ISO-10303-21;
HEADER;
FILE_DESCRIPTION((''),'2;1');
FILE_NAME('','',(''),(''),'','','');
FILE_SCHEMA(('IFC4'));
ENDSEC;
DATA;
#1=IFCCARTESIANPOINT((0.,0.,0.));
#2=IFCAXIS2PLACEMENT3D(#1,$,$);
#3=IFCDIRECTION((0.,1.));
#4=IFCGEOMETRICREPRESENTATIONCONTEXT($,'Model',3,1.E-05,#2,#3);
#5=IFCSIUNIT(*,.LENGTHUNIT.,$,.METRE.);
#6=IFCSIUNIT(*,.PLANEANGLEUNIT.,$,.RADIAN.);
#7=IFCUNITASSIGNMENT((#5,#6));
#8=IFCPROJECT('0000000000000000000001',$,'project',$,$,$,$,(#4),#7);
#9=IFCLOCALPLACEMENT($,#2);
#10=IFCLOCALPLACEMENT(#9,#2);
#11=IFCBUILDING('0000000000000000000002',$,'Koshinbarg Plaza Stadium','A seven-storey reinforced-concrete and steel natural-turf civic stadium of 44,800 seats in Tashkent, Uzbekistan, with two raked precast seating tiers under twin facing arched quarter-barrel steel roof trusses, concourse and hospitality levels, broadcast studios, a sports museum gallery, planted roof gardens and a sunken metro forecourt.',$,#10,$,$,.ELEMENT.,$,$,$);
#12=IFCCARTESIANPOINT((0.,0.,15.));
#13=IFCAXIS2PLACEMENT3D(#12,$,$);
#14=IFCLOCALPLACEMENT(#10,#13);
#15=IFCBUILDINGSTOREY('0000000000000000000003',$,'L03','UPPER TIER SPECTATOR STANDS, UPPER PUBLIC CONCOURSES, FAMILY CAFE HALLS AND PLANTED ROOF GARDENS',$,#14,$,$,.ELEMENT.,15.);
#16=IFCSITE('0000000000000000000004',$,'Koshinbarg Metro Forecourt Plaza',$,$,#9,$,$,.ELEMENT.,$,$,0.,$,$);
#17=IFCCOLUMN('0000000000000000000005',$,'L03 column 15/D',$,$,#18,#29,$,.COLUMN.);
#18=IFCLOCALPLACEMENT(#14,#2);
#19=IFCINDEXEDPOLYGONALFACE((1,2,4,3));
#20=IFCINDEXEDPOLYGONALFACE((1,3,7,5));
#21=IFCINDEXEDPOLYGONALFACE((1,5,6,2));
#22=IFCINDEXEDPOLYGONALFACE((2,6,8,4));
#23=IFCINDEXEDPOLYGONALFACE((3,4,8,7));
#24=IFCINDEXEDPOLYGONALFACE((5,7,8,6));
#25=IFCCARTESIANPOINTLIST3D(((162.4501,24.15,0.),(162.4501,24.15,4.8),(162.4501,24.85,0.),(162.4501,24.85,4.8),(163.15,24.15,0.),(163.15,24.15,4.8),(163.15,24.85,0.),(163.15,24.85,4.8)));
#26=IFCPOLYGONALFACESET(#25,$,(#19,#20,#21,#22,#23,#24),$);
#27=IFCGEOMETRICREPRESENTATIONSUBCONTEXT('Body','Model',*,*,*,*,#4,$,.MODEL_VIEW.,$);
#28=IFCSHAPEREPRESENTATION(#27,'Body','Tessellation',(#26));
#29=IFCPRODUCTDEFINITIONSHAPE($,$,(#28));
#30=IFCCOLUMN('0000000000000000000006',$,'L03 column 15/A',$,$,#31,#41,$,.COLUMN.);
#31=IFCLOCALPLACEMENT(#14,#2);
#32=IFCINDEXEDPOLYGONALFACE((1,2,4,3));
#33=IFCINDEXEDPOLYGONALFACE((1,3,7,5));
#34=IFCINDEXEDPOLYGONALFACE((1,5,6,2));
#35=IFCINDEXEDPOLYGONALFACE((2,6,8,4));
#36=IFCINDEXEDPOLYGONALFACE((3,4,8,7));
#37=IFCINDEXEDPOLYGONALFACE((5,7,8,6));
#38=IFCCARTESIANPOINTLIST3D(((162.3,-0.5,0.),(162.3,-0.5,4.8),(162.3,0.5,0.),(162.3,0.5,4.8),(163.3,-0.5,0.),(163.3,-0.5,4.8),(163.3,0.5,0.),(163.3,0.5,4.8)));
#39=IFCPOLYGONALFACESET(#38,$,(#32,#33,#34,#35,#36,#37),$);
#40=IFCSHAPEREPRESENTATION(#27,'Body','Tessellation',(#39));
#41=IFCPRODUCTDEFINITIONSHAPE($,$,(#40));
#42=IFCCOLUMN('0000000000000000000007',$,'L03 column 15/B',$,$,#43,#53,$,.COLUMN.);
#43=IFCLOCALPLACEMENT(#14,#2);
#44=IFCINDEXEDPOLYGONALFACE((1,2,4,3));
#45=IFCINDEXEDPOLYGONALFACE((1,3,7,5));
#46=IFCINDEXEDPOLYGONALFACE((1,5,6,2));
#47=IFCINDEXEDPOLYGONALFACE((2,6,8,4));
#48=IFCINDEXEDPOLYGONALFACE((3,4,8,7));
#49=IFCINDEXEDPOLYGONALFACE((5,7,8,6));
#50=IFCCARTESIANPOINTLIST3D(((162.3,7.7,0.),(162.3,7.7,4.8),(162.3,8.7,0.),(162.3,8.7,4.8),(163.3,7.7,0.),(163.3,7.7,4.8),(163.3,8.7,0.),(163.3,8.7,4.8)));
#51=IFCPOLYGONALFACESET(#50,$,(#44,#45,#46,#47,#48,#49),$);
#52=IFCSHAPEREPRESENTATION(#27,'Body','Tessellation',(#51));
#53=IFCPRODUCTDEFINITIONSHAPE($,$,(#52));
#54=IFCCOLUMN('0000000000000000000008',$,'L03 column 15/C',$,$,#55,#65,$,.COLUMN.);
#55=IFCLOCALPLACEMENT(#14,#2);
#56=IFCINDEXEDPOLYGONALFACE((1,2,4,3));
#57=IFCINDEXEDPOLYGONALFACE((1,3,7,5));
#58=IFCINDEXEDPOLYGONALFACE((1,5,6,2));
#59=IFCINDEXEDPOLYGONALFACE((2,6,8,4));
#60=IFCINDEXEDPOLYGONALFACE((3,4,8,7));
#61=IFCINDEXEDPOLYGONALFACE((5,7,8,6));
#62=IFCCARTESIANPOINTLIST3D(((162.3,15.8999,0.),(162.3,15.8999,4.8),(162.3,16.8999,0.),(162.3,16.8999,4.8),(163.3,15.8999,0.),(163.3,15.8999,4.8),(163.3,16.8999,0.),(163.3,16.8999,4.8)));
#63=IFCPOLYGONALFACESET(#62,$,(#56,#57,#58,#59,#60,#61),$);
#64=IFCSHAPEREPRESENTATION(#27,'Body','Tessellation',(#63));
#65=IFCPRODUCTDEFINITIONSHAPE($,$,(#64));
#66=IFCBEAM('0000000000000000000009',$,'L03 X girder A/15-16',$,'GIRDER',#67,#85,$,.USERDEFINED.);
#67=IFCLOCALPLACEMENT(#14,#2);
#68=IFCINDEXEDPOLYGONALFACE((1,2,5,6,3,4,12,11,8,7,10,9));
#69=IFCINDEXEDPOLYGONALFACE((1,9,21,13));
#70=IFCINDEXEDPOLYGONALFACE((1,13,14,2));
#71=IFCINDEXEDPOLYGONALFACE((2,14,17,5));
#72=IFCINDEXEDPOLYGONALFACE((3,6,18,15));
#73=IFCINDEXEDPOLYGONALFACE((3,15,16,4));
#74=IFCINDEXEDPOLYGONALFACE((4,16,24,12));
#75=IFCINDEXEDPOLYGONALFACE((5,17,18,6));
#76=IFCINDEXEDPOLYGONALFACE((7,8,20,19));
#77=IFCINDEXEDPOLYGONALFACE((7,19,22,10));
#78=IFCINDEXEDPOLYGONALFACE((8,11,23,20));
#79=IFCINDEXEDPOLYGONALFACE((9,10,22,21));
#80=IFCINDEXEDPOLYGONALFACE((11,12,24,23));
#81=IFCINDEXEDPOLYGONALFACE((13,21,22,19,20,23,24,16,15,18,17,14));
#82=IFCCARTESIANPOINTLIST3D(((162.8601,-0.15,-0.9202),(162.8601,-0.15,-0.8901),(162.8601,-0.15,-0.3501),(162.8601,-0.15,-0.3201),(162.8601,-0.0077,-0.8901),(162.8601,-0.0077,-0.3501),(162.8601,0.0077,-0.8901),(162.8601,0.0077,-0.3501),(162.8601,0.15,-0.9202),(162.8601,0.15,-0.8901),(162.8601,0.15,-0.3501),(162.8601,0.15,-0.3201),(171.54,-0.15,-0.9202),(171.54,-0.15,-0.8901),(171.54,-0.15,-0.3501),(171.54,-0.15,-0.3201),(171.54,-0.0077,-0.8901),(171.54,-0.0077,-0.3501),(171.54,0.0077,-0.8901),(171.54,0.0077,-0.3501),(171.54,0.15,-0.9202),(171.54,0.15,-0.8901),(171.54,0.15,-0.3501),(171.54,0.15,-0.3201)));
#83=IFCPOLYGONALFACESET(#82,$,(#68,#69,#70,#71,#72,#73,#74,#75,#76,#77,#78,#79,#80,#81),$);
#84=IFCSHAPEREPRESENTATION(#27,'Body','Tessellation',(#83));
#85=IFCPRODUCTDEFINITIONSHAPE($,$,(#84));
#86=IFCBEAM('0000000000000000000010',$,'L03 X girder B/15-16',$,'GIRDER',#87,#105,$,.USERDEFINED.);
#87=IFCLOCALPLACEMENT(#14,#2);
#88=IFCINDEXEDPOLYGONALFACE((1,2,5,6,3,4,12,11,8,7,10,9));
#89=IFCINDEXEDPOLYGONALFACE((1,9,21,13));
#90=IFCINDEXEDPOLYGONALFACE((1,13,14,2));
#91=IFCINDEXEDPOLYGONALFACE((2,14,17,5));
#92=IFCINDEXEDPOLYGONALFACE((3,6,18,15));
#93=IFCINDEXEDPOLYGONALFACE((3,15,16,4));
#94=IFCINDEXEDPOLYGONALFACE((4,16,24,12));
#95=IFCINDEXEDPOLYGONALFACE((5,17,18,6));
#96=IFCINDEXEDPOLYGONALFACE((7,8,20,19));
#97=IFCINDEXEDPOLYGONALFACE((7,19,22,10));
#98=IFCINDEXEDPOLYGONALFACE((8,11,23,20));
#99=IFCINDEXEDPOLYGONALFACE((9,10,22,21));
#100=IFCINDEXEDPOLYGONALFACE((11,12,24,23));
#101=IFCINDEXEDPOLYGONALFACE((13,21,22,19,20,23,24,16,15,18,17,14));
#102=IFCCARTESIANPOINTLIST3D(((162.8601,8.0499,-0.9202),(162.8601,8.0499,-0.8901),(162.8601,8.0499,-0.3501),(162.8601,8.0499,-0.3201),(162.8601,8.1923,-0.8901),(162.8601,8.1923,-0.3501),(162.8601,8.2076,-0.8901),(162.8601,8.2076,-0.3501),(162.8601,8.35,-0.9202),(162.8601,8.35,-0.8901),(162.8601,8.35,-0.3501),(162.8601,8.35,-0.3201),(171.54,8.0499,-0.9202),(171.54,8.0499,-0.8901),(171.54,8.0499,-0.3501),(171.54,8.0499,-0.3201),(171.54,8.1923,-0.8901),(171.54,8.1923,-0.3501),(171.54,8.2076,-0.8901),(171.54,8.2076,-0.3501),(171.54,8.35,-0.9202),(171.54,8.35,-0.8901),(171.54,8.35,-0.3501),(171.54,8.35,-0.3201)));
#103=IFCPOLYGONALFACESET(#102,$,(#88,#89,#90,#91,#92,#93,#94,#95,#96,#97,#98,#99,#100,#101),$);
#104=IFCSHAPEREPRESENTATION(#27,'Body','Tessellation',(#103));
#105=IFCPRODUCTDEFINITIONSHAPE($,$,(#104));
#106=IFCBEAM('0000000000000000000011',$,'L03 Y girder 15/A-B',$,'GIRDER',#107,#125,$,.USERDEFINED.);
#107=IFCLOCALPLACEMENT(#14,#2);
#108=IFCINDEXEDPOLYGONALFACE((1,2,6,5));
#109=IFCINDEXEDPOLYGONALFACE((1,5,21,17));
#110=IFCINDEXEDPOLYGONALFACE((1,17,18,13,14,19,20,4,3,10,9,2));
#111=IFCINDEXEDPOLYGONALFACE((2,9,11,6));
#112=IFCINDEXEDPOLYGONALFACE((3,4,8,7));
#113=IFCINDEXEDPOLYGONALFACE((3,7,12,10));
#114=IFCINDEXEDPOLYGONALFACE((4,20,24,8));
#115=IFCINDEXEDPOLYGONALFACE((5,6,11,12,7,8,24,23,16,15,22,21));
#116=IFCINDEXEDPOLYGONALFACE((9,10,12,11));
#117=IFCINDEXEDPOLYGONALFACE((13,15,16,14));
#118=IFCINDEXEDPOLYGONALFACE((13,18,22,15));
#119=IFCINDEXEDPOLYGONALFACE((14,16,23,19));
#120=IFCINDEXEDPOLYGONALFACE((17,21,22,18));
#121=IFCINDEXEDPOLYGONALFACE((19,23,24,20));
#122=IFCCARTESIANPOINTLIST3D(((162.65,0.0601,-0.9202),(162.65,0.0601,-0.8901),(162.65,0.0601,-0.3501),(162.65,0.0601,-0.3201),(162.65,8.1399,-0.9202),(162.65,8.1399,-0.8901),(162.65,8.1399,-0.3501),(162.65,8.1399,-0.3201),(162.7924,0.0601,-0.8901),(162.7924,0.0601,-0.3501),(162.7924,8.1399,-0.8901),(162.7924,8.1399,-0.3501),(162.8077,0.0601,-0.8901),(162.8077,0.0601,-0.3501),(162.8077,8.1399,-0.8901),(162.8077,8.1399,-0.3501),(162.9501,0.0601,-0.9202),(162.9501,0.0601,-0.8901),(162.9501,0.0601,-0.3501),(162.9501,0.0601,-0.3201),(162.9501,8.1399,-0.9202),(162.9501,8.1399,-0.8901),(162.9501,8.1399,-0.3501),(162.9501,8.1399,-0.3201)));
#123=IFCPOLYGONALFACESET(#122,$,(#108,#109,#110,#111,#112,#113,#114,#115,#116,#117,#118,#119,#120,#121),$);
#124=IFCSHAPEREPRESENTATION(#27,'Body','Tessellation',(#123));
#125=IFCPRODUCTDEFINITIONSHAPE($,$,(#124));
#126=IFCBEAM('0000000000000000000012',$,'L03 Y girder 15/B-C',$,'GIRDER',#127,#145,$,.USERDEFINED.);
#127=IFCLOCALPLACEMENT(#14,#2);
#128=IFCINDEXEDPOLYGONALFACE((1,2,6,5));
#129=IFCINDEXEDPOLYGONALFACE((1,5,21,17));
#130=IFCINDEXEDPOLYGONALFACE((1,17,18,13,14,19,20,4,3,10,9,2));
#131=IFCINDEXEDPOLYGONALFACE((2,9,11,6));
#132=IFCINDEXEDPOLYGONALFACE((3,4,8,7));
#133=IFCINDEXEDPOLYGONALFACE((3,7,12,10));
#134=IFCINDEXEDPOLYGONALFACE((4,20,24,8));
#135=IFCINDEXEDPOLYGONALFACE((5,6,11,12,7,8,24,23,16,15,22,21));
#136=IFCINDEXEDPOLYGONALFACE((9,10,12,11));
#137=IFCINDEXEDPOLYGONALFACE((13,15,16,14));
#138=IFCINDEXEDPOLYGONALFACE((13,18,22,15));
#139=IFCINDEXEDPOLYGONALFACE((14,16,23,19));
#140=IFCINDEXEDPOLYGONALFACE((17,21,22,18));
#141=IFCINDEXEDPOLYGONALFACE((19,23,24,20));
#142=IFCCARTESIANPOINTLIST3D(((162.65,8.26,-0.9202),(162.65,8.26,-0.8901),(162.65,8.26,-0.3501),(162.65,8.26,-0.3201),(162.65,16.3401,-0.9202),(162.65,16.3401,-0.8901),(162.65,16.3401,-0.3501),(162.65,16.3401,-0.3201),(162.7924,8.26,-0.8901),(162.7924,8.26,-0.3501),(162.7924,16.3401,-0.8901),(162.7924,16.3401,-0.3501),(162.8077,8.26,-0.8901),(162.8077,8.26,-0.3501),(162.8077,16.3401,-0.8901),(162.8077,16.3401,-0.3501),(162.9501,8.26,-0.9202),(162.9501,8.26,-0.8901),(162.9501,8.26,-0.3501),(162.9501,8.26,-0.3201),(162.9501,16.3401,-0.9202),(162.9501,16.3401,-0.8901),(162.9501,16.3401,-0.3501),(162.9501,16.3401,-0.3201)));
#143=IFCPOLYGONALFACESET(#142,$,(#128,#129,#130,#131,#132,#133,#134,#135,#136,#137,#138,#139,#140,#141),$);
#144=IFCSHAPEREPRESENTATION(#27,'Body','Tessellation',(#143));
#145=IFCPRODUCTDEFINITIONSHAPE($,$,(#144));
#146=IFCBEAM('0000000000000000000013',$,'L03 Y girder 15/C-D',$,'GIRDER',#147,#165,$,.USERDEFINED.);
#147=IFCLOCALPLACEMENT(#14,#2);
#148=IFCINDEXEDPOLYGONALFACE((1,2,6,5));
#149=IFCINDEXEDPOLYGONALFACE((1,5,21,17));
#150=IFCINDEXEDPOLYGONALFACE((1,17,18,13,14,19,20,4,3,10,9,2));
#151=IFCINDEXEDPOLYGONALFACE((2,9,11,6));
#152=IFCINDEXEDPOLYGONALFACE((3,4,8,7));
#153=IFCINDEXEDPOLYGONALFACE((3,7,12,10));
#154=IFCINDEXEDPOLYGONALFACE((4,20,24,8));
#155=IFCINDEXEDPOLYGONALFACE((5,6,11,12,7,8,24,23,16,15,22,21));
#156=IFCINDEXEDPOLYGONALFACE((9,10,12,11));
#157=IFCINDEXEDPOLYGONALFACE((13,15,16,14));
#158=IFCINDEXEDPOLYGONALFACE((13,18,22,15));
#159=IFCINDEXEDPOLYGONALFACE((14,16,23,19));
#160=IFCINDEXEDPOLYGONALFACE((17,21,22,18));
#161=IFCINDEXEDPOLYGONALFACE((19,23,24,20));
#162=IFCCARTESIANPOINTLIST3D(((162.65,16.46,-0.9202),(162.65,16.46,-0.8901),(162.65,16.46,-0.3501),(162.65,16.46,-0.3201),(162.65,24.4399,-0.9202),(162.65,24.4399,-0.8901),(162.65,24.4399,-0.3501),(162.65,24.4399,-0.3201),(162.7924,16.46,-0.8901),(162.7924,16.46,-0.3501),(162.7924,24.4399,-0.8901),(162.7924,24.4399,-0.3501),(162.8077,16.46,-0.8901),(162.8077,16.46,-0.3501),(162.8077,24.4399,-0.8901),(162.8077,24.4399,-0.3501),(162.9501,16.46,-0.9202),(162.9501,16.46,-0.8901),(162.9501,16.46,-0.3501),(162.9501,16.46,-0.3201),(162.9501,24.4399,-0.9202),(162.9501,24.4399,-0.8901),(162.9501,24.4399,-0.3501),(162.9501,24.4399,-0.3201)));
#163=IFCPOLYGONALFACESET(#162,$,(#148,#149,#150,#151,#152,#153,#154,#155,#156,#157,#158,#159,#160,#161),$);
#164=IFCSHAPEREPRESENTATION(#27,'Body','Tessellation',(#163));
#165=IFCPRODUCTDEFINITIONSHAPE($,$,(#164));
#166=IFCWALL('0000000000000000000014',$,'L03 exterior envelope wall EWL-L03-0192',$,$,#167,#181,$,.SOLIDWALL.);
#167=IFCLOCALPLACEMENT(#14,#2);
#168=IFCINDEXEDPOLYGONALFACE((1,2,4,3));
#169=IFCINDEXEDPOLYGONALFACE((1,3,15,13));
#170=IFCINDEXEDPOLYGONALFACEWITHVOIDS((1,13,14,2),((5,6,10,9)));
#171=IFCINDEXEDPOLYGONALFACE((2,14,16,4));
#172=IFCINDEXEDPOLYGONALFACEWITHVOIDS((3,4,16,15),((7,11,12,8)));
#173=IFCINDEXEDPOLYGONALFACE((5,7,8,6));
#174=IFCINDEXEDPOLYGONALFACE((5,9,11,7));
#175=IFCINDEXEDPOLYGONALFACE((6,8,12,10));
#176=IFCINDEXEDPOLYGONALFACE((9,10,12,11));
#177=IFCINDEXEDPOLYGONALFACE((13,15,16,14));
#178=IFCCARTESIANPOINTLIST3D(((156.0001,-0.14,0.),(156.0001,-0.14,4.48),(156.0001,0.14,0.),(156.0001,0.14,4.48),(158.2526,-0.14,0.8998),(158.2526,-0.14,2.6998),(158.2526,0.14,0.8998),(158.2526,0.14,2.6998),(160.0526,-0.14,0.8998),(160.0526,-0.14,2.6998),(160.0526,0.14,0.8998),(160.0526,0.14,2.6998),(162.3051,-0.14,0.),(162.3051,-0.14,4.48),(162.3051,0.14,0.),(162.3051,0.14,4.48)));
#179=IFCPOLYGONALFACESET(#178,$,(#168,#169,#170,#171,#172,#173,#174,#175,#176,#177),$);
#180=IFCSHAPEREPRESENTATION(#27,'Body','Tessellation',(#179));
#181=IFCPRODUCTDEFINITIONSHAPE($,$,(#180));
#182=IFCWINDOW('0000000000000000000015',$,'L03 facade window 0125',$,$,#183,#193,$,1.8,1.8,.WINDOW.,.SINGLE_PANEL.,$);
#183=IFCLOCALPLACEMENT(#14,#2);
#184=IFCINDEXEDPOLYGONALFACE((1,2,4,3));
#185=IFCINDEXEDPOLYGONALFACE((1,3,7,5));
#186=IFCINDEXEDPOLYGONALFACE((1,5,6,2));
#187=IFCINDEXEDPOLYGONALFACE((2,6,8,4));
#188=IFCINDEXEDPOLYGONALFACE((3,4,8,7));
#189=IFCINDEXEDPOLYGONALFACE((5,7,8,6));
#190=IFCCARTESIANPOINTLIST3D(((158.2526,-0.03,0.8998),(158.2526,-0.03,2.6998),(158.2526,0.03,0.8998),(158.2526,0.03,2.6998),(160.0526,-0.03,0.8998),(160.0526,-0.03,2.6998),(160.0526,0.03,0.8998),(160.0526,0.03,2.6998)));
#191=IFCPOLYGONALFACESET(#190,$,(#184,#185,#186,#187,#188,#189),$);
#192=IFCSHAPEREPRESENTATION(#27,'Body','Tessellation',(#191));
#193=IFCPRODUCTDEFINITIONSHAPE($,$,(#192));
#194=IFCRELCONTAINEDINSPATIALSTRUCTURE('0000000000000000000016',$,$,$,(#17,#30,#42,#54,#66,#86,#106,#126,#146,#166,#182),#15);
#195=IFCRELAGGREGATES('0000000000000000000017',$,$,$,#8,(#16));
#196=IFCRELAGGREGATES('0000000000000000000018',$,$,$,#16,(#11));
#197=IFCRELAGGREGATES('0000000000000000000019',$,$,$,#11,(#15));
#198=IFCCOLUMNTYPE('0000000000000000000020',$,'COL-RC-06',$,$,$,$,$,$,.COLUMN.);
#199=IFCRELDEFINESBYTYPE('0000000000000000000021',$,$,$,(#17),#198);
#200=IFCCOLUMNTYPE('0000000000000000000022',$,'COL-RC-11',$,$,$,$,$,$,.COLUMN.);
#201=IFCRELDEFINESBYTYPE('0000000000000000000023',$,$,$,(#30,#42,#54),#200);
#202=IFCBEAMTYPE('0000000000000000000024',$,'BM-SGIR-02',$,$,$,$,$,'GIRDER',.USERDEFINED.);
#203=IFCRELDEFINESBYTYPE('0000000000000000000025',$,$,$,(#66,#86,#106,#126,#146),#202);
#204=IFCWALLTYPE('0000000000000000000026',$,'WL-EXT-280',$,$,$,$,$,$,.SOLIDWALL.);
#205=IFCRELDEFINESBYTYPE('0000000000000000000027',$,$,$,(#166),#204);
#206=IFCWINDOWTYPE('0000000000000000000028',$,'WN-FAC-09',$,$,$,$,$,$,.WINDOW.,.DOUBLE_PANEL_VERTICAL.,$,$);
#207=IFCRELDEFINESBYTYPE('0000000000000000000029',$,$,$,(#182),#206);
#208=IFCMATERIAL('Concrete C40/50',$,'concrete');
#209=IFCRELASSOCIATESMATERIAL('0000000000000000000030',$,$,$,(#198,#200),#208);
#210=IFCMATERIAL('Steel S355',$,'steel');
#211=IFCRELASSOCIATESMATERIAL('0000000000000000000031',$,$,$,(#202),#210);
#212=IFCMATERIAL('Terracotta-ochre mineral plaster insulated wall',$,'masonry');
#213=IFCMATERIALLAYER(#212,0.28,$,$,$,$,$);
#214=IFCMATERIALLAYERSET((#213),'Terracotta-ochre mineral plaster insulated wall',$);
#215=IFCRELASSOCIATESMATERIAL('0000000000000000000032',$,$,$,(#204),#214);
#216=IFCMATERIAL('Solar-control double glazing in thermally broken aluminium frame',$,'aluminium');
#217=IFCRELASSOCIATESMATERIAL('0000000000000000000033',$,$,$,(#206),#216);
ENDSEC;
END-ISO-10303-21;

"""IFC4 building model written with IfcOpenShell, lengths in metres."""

from ifc_helpers import new_model, si_unit, direction, frame, frame_2d, origin, origin_2d, place, context, subcontext, project, spatial, rectangle, i_section, extrude, material, layer, layer_set, material_profile, profile_set, type_object, element, fill, save


model = new_model("IFC4")

# Units and contexts
model_context = context("Model", 3, precision=1e-05, world=origin(), true_north=direction((0.0, 1.0)))
body_context = subcontext(model_context, "Body", "Model", "MODEL_VIEW")
ifc_project = project(units=[si_unit("LENGTHUNIT", "METRE"), si_unit("PLANEANGLEUNIT", "RADIAN")], contexts=[model_context])

# Site, building, storey
site_placement = place(None, origin())
site = spatial("IfcSite", under=ifc_project, at=site_placement, Name="Koshinbarg Metro Forecourt Plaza", CompositionType="ELEMENT", RefElevation=0.0)
building_placement = place(site_placement, origin())
building = spatial("IfcBuilding", under=site, at=building_placement, Name="Koshinbarg Plaza Stadium", Description="A seven-storey reinforced-concrete and steel natural-turf civic stadium of 44,800 seats in Tashkent, Uzbekistan, with two raked precast seating tiers under twin facing arched quarter-barrel steel roof trusses, concourse and hospitality levels, broadcast studios, a sports museum gallery, planted roof gardens and a sunken metro forecourt.", CompositionType="ELEMENT")
storey_placement = place(building_placement, frame((0.0, 0.0, 15.0)))
storey = spatial("IfcBuildingStorey", under=building, at=storey_placement, Name="L03", Description="UPPER TIER SPECTATOR STANDS, UPPER PUBLIC CONCOURSES, FAMILY CAFE HALLS AND PLANTED ROOF GARDENS", CompositionType="ELEMENT", Elevation=15.0)

# Columns
ifc_material_1 = material(Name="Concrete C40/50", Category="concrete")
ifc_material_profile_1 = material_profile(ifc_material_1, rectangle(XDim=0.7, YDim=0.7, at=origin_2d()), Name="RC 700x700")
ifc_profile_set_1 = profile_set([ifc_material_profile_1], Name="Concrete C40/50")
column_type_1 = type_object("IfcColumnType", Name="COL-RC-06", PredefinedType="COLUMN", material=ifc_profile_set_1)
column_placement = place(storey_placement, frame((162.8, 24.5, 0.0), z_axis=(0.0, 0.0, 1.0), x_axis=(1.0, 0.0, 0.0)))
element("IfcColumn", 1, at=column_placement, inside=storey, type_object=column_type_1, Name="L03 column 15/D", PredefinedType="COLUMN", context=body_context, shape_type="SweptSolid", body=[
    extrude(rectangle(XDim=0.7, YDim=0.7, at=origin_2d()), origin(), (0.0, 0.0, 1.0), 4.8),
])
ifc_material_profile_2 = material_profile(ifc_material_1, rectangle(XDim=1.0, YDim=1.0, at=origin_2d()), Name="RC 1000x1000")
ifc_profile_set_2 = profile_set([ifc_material_profile_2], Name="Concrete C40/50")
column_type_2 = type_object("IfcColumnType", Name="COL-RC-11", PredefinedType="COLUMN", material=ifc_profile_set_2)
for number, where, z_axis, x_axis, name in (
    (2, (162.8, 0.0, 0.0), (0.0, 0.0, 1.0), (1.0, 0.0, 0.0), "L03 column 15/A"),
    (3, (162.8, 8.2, 0.0), (0.0, 0.0, 1.0), (1.0, 0.0, 0.0), "L03 column 15/B"),
    (4, (162.8, 16.3999, 0.0), (0.0, 0.0, 1.0), (1.0, 0.0, 0.0), "L03 column 15/C"),
):
    element("IfcColumn", number, at=place(storey_placement, frame(where, z_axis=z_axis, x_axis=x_axis)), inside=storey, type_object=column_type_2, Name=name, PredefinedType="COLUMN", context=body_context, shape_type="SweptSolid", body=[
        extrude(rectangle(XDim=1.0, YDim=1.0, at=origin_2d()), origin(), (0.0, 0.0, 1.0), 4.8),
    ])

# Beams
ifc_material_2 = material(Name="Steel S355", Category="steel")
ifc_material_profile_3 = material_profile(ifc_material_2, i_section(OverallWidth=0.3, OverallDepth=0.6001, WebThickness=0.0154, FlangeThickness=0.03, at=origin_2d()), Name="HEB 600")
ifc_profile_set_3 = profile_set([ifc_material_profile_3], Name="Steel S355")
beam_type = type_object("IfcBeamType", Name="BM-SGIR-02", ElementType="GIRDER", PredefinedType="USERDEFINED", material=ifc_profile_set_3)
for number, where, z_axis, x_axis, name in (
    (5, (162.8601, 0.0, -0.6201), (1.0, 0.0, 0.0), (0.0, 1.0, 0.0), "L03 X girder A/15-16"),
    (6, (162.8601, 8.2, -0.6201), (1.0, 0.0, 0.0), (0.0, 1.0, 0.0), "L03 X girder B/15-16"),
):
    element("IfcBeam", number, at=place(storey_placement, frame(where, z_axis=z_axis, x_axis=x_axis)), inside=storey, type_object=beam_type, Name=name, ObjectType="GIRDER", PredefinedType="USERDEFINED", context=body_context, shape_type="SweptSolid", body=[
        extrude(i_section(OverallWidth=0.3, OverallDepth=0.6001, WebThickness=0.0154, FlangeThickness=0.03, at=origin_2d()), origin(), (0.0, 0.0, 1.0), 8.6799),
    ])
beam_1_placement = place(storey_placement, frame((162.8, 0.0601, -0.6201), z_axis=(0.0, 1.0, 0.0), x_axis=(-1.0, 0.0, 0.0)))
element("IfcBeam", 7, at=beam_1_placement, inside=storey, type_object=beam_type, Name="L03 Y girder 15/A-B", ObjectType="GIRDER", PredefinedType="USERDEFINED", context=body_context, shape_type="SweptSolid", body=[
    extrude(i_section(OverallWidth=0.3, OverallDepth=0.6001, WebThickness=0.0154, FlangeThickness=0.03, at=origin_2d()), origin(), (0.0, 0.0, 1.0), 8.0798),
])
beam_2_placement = place(storey_placement, frame((162.8, 8.26, -0.6201), z_axis=(0.0, 1.0, 0.0), x_axis=(-1.0, 0.0, 0.0)))
element("IfcBeam", 8, at=beam_2_placement, inside=storey, type_object=beam_type, Name="L03 Y girder 15/B-C", ObjectType="GIRDER", PredefinedType="USERDEFINED", context=body_context, shape_type="SweptSolid", body=[
    extrude(i_section(OverallWidth=0.3, OverallDepth=0.6001, WebThickness=0.0154, FlangeThickness=0.03, at=origin_2d()), origin(), (0.0, 0.0, 1.0), 8.0801),
])
beam_3_placement = place(storey_placement, frame((162.8, 16.46, -0.6201), z_axis=(0.0, 1.0, 0.0), x_axis=(-1.0, 0.0, 0.0)))
element("IfcBeam", 9, at=beam_3_placement, inside=storey, type_object=beam_type, Name="L03 Y girder 15/C-D", ObjectType="GIRDER", PredefinedType="USERDEFINED", context=body_context, shape_type="SweptSolid", body=[
    extrude(i_section(OverallWidth=0.3, OverallDepth=0.6001, WebThickness=0.0154, FlangeThickness=0.03, at=origin_2d()), origin(), (0.0, 0.0, 1.0), 7.98),
])

# Wall, opening, window
ifc_material_3 = material(Name="Terracotta-ochre mineral plaster insulated wall", Category="masonry")
ifc_layer_1 = layer(ifc_material_3, 0.28)
ifc_layer_set_1 = layer_set([ifc_layer_1], Name="Terracotta-ochre mineral plaster insulated wall")
wall_type_1 = type_object("IfcWallType", Name="WL-EXT-280", PredefinedType="SOLIDWALL", material=ifc_layer_set_1)
wall_1_placement = place(storey_placement, frame((162.3049, 0.0, 0.0), z_axis=(0.0, 0.0, 1.0), x_axis=(-1.0, 0.0, 0.0)))
wall_1 = element("IfcWall", 10, at=wall_1_placement, inside=storey, type_object=wall_type_1, Name="L03 exterior envelope wall EWL-L03-0192", PredefinedType="SOLIDWALL", context=body_context, shape_type="SweptSolid", body=[
    extrude(rectangle(XDim=6.3049, YDim=0.28, at=frame_2d((3.1523, 0.0))), origin(), (0.0, 0.0, 1.0), 4.48),
])
opening_1_placement = place(wall_1_placement, frame((2.2524, 0.0, 0.8999)))
opening_1 = element("IfcOpeningElement", 11, at=opening_1_placement, cuts=wall_1, PredefinedType="OPENING", context=body_context, shape_type="SweptSolid", body=[
    extrude(rectangle(XDim=1.8, YDim=1.8, at=frame_2d((0.8999, 0.8999))), frame((0.0, 0.1499, 0.0), z_axis=(0.0, -1.0, 0.0), x_axis=(1.0, 0.0, 0.0)), (0.0, 0.0, 1.0), 0.3),
])
ifc_material_4 = material(Name="Solar-control double glazing in thermally broken aluminium frame", Category="aluminium")
window_type_1 = type_object("IfcWindowType", Name="WN-FAC-09", PartitioningType="DOUBLE_PANEL_VERTICAL", PredefinedType="WINDOW", material=ifc_material_4)
window_1_placement = place(opening_1_placement, origin())
window_1 = element("IfcWindow", 12, at=window_1_placement, inside=storey, type_object=window_type_1, Name="L03 facade window 0125", OverallHeight=1.8, OverallWidth=1.8, PartitioningType="SINGLE_PANEL", PredefinedType="WINDOW", context=body_context, shape_type="SweptSolid", body=[
    extrude(rectangle(XDim=1.8, YDim=1.8, at=frame_2d((0.8999, 0.8999))), frame((0.0, 0.03, 0.0), z_axis=(0.0, -1.0, 0.0), x_axis=(1.0, 0.0, 0.0)), (0.0, 0.0, 1.0), 0.0601),
])
fill(opening_1, window_1)

save(model, "model.ifc")
